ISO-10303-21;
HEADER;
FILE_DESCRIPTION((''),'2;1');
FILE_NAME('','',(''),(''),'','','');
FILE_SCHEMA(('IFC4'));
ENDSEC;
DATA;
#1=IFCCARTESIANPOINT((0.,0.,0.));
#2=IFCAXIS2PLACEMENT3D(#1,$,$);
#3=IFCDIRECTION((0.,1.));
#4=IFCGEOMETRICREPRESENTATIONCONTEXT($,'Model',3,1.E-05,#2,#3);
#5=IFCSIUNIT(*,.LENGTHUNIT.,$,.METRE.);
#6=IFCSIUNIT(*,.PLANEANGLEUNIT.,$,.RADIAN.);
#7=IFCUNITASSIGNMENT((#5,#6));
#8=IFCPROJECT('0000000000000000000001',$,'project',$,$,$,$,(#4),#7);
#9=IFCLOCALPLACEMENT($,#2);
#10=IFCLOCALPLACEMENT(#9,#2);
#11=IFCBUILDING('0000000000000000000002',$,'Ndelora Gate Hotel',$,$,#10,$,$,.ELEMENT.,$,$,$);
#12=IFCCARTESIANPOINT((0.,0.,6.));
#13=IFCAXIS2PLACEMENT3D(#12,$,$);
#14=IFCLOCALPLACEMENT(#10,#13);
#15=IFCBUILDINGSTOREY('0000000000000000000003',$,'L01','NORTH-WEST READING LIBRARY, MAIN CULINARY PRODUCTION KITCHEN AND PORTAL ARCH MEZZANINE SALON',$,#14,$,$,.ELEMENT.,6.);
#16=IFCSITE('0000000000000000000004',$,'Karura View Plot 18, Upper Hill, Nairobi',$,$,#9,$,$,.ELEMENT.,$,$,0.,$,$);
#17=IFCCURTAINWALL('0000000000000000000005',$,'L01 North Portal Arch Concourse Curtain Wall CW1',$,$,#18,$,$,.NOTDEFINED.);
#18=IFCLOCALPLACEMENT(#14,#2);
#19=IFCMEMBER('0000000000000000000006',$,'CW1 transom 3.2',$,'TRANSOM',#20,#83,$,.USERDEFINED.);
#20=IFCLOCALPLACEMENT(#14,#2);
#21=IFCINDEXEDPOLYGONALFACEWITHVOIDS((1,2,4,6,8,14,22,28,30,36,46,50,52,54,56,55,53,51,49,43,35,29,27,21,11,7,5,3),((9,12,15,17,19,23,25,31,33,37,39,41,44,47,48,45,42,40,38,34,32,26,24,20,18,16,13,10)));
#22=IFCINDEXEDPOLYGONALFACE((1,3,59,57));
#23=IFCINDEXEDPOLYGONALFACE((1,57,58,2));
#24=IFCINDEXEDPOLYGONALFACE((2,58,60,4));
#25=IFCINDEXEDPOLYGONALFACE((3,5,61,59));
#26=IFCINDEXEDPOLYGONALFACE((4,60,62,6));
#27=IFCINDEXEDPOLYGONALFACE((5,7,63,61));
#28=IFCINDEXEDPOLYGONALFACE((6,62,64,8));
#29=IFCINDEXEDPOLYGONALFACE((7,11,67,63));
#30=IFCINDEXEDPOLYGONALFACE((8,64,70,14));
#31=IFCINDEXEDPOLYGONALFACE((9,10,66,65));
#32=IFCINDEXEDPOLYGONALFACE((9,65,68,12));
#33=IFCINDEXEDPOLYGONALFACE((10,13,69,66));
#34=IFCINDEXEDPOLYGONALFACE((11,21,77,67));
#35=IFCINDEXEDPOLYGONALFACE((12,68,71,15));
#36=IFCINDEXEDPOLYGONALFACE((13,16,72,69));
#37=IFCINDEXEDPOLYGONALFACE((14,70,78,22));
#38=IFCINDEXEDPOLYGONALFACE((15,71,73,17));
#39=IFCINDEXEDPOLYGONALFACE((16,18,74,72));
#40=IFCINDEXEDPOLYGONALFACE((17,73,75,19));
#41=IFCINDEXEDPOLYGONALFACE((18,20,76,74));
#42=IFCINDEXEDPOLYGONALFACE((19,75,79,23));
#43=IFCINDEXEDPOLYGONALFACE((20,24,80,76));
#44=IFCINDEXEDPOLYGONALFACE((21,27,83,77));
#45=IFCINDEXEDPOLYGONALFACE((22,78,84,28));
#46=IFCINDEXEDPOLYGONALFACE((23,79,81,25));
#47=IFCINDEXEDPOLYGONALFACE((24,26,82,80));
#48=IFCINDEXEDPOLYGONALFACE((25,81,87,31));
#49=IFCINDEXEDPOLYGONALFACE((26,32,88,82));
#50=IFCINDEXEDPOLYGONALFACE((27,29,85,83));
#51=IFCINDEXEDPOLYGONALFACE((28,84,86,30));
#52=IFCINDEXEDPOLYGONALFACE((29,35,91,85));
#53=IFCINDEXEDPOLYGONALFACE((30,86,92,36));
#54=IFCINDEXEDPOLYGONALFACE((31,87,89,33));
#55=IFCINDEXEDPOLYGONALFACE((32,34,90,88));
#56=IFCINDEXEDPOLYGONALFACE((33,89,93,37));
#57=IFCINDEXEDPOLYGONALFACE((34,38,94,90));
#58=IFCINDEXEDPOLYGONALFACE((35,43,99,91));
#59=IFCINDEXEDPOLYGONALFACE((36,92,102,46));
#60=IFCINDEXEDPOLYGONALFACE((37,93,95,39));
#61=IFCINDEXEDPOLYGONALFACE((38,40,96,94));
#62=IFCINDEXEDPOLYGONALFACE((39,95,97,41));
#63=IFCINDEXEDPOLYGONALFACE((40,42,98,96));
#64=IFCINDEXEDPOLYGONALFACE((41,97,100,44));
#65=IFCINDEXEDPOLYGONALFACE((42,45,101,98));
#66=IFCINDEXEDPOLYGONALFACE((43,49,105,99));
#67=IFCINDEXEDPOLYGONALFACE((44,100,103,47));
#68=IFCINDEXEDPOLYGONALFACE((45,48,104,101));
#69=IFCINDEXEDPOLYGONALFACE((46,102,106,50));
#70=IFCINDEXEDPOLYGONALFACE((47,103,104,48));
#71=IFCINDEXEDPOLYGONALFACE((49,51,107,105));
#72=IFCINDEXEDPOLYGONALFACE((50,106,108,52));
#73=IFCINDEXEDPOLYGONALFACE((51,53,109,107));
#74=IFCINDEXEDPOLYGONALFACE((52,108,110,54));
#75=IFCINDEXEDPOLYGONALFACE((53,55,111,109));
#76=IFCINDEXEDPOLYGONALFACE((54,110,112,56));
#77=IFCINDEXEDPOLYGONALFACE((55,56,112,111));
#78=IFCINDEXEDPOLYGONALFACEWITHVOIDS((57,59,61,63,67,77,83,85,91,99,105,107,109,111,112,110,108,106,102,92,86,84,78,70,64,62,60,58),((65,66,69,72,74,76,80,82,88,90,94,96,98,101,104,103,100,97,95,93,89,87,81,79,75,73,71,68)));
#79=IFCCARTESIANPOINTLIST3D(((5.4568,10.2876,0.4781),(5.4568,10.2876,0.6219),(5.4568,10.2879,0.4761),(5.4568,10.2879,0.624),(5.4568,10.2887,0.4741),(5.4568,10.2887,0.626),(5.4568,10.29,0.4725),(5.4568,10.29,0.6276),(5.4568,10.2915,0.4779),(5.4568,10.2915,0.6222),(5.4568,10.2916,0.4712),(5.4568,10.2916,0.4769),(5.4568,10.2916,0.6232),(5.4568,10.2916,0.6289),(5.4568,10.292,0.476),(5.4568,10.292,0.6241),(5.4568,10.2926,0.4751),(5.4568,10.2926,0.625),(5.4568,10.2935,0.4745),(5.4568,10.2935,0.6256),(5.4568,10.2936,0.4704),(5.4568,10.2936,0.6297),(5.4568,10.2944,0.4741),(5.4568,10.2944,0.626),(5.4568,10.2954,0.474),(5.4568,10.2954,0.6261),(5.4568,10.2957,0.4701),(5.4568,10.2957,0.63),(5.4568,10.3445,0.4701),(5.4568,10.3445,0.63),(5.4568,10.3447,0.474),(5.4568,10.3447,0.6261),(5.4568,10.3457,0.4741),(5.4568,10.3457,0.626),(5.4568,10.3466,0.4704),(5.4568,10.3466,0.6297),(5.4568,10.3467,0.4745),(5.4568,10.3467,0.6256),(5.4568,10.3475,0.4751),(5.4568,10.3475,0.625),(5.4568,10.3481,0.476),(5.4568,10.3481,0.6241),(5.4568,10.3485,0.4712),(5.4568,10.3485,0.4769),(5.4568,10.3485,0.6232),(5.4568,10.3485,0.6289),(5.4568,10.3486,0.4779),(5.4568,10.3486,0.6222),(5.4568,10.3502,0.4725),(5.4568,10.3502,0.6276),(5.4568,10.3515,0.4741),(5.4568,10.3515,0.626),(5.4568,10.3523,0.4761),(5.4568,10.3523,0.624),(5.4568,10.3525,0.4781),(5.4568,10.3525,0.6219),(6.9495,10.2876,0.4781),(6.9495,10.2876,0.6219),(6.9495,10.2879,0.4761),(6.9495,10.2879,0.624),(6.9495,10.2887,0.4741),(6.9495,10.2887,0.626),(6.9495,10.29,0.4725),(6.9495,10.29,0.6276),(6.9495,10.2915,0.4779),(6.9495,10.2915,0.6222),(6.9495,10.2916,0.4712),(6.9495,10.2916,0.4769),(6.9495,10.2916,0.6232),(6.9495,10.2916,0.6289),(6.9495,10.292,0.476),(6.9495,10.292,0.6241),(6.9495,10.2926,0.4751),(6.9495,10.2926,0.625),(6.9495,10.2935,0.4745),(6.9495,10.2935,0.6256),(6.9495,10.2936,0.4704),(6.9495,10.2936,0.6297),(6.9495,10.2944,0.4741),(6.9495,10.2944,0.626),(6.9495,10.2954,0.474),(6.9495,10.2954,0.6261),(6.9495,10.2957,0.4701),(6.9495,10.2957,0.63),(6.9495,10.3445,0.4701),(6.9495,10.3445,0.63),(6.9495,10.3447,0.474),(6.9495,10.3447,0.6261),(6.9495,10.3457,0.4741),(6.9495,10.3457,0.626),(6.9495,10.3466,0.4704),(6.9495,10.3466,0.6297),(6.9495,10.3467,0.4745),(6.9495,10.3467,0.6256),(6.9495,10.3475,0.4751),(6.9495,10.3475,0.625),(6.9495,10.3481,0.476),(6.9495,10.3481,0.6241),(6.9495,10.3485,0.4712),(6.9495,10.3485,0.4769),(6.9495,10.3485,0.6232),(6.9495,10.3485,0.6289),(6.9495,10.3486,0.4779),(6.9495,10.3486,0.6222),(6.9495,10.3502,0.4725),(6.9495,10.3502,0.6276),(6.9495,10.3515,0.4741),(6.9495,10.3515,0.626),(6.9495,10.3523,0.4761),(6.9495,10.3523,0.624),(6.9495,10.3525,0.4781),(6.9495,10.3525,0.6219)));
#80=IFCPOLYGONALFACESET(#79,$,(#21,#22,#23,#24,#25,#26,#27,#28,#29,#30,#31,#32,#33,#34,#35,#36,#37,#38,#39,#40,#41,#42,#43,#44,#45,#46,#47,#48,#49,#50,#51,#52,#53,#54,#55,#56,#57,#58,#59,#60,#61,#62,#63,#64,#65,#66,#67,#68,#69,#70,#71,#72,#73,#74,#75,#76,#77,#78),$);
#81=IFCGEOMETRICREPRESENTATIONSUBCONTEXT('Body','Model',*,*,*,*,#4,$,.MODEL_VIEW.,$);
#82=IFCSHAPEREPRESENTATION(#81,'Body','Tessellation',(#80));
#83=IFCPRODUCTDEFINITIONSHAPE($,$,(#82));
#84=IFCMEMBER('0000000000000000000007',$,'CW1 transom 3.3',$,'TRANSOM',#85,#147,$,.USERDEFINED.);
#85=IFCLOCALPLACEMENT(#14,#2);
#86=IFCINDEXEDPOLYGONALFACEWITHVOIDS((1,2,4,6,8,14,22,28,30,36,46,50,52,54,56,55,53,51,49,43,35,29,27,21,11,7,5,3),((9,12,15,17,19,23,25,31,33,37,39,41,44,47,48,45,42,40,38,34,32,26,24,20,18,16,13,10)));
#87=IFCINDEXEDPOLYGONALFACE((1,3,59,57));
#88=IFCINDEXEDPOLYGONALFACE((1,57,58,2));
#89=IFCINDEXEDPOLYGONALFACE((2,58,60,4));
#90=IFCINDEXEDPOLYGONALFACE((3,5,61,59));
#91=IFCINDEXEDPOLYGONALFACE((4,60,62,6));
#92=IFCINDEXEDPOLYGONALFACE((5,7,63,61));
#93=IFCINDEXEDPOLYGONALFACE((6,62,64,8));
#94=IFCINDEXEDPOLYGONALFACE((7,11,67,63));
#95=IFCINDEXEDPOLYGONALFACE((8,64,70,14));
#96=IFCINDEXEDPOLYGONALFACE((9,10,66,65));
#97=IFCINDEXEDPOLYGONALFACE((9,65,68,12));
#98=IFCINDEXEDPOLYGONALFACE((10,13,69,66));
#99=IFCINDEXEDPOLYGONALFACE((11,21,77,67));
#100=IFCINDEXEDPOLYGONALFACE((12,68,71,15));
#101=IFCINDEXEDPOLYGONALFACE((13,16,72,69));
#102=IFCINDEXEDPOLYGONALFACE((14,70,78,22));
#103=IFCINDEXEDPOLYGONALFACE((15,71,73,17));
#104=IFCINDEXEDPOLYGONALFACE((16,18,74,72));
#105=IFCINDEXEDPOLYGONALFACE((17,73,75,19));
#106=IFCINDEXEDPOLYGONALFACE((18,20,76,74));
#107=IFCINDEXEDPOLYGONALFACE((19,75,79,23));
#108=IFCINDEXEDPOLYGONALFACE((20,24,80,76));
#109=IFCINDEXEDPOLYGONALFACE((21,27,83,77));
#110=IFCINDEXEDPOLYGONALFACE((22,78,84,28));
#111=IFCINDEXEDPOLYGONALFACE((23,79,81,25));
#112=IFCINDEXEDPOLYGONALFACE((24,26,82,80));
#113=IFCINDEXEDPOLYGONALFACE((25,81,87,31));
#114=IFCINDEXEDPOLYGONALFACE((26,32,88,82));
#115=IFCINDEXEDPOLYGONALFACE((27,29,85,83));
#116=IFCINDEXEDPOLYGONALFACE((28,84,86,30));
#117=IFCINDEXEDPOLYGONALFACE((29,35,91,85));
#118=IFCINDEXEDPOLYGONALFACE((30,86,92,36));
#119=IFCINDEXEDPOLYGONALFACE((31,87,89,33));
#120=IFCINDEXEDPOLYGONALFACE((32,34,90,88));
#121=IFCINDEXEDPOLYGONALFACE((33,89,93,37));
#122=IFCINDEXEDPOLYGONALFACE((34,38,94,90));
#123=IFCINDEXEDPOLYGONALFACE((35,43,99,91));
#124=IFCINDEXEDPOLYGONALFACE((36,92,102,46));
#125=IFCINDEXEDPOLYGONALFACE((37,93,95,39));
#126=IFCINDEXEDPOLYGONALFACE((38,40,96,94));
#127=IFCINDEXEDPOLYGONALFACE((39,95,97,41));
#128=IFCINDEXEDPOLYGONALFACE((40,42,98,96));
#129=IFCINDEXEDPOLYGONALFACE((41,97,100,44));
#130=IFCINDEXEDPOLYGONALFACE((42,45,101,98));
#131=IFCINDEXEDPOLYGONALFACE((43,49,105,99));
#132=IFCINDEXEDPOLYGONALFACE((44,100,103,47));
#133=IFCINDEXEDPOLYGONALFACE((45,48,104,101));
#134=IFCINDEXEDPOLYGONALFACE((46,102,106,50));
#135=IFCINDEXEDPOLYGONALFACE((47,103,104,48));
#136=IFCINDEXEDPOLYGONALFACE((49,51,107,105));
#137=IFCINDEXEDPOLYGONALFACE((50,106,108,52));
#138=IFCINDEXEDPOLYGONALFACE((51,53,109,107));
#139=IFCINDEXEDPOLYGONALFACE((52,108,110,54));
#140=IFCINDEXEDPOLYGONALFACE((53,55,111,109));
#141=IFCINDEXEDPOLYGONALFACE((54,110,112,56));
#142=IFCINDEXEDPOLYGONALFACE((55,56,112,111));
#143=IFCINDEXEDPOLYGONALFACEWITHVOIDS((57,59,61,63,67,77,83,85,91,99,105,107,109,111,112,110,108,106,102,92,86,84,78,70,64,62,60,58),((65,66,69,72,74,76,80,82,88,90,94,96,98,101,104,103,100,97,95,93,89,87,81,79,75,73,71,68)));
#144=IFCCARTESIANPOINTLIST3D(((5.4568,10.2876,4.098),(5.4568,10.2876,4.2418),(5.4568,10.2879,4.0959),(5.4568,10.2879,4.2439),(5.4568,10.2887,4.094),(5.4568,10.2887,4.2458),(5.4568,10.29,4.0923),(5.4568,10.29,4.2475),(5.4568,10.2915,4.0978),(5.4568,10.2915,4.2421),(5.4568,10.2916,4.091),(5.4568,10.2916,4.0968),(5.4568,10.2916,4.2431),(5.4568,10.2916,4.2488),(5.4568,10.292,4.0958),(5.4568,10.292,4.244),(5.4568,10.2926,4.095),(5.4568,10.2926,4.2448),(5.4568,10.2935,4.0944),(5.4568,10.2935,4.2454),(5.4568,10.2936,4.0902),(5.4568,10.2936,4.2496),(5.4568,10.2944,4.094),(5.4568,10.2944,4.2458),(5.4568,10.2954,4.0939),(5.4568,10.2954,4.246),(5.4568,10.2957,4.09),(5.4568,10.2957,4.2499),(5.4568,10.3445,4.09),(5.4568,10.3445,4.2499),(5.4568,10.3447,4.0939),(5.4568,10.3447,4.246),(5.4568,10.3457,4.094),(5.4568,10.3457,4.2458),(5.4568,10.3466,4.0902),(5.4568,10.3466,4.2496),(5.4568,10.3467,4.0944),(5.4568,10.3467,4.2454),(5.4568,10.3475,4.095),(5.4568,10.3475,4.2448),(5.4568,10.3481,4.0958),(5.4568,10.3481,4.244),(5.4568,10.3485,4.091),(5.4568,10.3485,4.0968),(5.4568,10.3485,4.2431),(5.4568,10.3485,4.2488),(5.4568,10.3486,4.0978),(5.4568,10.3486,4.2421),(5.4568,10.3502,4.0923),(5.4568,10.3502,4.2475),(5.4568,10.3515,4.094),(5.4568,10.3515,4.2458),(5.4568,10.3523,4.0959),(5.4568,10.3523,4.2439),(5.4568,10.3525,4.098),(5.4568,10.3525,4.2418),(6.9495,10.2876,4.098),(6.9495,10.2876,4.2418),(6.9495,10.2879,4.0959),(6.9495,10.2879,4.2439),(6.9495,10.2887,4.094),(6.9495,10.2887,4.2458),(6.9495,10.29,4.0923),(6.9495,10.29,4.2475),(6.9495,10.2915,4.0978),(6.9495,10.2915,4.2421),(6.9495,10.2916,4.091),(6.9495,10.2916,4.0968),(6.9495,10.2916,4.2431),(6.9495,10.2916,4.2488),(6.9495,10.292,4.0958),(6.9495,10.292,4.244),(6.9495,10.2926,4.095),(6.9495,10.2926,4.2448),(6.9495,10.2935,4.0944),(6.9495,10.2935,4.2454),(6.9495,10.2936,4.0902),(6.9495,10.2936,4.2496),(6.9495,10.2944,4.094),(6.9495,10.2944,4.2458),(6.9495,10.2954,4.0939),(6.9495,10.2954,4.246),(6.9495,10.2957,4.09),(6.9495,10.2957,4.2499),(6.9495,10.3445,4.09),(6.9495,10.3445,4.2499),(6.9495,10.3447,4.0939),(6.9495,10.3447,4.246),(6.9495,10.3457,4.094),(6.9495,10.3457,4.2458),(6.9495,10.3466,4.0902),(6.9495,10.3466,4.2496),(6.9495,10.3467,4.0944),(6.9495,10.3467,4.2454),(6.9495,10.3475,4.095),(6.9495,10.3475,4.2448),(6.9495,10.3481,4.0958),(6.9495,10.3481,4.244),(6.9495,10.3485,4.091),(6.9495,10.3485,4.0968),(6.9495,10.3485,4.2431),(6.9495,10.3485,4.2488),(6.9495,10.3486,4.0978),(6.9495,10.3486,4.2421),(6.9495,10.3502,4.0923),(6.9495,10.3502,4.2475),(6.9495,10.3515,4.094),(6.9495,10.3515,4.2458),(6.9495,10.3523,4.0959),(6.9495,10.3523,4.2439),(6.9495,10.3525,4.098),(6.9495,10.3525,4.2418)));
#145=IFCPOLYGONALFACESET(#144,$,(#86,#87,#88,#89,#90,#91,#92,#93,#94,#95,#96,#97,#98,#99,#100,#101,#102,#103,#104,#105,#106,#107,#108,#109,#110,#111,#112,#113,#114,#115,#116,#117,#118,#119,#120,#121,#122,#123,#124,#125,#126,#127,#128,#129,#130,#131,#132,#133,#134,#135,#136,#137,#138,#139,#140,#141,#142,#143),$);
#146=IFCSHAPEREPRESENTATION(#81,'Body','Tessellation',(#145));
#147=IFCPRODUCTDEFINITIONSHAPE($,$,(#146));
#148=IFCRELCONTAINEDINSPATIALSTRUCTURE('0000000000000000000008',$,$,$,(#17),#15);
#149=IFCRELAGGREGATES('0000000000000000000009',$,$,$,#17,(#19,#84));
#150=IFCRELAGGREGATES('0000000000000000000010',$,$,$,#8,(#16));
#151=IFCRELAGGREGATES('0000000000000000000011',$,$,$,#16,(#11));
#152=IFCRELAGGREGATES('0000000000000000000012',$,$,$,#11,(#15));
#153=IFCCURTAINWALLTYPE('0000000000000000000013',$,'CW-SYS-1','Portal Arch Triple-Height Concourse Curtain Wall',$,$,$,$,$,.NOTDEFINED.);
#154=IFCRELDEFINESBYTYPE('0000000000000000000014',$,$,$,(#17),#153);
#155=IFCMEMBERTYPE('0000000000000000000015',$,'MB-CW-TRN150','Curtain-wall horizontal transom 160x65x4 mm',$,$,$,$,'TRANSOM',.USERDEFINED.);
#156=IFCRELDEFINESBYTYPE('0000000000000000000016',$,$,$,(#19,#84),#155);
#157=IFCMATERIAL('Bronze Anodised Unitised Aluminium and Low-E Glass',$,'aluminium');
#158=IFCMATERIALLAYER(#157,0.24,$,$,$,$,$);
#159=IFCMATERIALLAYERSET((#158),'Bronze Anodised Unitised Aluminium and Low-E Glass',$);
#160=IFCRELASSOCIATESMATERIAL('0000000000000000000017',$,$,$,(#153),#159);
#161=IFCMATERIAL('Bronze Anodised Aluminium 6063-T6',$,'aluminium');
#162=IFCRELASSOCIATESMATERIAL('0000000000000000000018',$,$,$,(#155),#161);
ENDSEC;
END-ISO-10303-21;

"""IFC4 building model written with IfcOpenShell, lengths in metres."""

from ifc_helpers import new_model, si_unit, direction, frame, origin, origin_2d, place, context, subcontext, project, spatial, hollow_rectangle, extrude, material, layer, layer_set, material_profile, profile_set, type_object, element, aggregate, save


model = new_model("IFC4")

# Units and contexts
model_context = context("Model", 3, precision=1e-05, world=origin(), true_north=direction((0.0, 1.0)))
body_context = subcontext(model_context, "Body", "Model", "MODEL_VIEW")
ifc_project = project(units=[si_unit("LENGTHUNIT", "METRE"), si_unit("PLANEANGLEUNIT", "RADIAN")], contexts=[model_context])

# Site, building, storey
site_placement = place(None, origin())
site = spatial("IfcSite", under=ifc_project, at=site_placement, Name="Karura View Plot 18, Upper Hill, Nairobi", CompositionType="ELEMENT", RefElevation=0.0)
building_placement = place(site_placement, origin())
building = spatial("IfcBuilding", under=site, at=building_placement, Name="Ndelora Gate Hotel", CompositionType="ELEMENT")
storey_placement = place(building_placement, frame((0.0, 0.0, 6.0)))
storey = spatial("IfcBuildingStorey", under=building, at=storey_placement, Name="L01", Description="NORTH-WEST READING LIBRARY, MAIN CULINARY PRODUCTION KITCHEN AND PORTAL ARCH MEZZANINE SALON", CompositionType="ELEMENT", Elevation=6.0)

# Curtain wall, members
ifc_material_1 = material(Name="Bronze Anodised Unitised Aluminium and Low-E Glass", Category="aluminium")
ifc_layer_1 = layer(ifc_material_1, 0.24)
ifc_layer_set_1 = layer_set([ifc_layer_1], Name="Bronze Anodised Unitised Aluminium and Low-E Glass")
curtain_wall_type = type_object("IfcCurtainWallType", Name="CW-SYS-1", Description="Portal Arch Triple-Height Concourse Curtain Wall", PredefinedType="NOTDEFINED", material=ifc_layer_set_1)
curtain_wall_placement = place(storey_placement, origin())
curtain_wall = element("IfcCurtainWall", 1, at=curtain_wall_placement, inside=storey, type_object=curtain_wall_type, Name="L01 North Portal Arch Concourse Curtain Wall CW1", PredefinedType="NOTDEFINED")
ifc_material_2 = material(Name="Bronze Anodised Aluminium 6063-T6", Category="aluminium")
ifc_material_profile_1 = material_profile(ifc_material_2, hollow_rectangle(XDim=0.0649, YDim=0.1599, WallThickness=0.0039, InnerFilletRadius=0.0039, OuterFilletRadius=0.0081, at=origin_2d()), Name="ALU 160x65x4")
ifc_profile_set_1 = profile_set([ifc_material_profile_1], Name="Bronze Anodised Aluminium 6063-T6")
member_type_1 = type_object("IfcMemberType", Name="MB-CW-TRN150", Description="Curtain-wall horizontal transom 160x65x4 mm", ElementType="TRANSOM", PredefinedType="USERDEFINED", material=ifc_profile_set_1)
member_1_placement = place(storey_placement, frame((6.9495, 10.3201, 0.55), z_axis=(-1.0, 0.0, 0.0), x_axis=(0.0, -1.0, 0.0)))
member_1 = element("IfcMember", 2, at=member_1_placement, type_object=member_type_1, Name="CW1 transom 3.2", ObjectType="TRANSOM", PredefinedType="USERDEFINED", context=body_context, shape_type="SweptSolid", body=[
    extrude(hollow_rectangle(XDim=0.0649, YDim=0.1599, WallThickness=0.0039, InnerFilletRadius=0.0039, OuterFilletRadius=0.0081, at=origin_2d()), origin(), (0.0, 0.0, 1.0), 1.4927),
])
member_2_placement = place(storey_placement, frame((6.9495, 10.3201, 4.1699), z_axis=(-1.0, 0.0, 0.0), x_axis=(0.0, -1.0, 0.0)))
member_2 = element("IfcMember", 3, at=member_2_placement, type_object=member_type_1, Name="CW1 transom 3.3", ObjectType="TRANSOM", PredefinedType="USERDEFINED", context=body_context, shape_type="SweptSolid", body=[
    extrude(hollow_rectangle(XDim=0.0649, YDim=0.1599, WallThickness=0.0039, InnerFilletRadius=0.0039, OuterFilletRadius=0.0081, at=origin_2d()), origin(), (0.0, 0.0, 1.0), 1.4927),
])
aggregate(curtain_wall, [member_1, member_2])

save(model, "model.ifc")
